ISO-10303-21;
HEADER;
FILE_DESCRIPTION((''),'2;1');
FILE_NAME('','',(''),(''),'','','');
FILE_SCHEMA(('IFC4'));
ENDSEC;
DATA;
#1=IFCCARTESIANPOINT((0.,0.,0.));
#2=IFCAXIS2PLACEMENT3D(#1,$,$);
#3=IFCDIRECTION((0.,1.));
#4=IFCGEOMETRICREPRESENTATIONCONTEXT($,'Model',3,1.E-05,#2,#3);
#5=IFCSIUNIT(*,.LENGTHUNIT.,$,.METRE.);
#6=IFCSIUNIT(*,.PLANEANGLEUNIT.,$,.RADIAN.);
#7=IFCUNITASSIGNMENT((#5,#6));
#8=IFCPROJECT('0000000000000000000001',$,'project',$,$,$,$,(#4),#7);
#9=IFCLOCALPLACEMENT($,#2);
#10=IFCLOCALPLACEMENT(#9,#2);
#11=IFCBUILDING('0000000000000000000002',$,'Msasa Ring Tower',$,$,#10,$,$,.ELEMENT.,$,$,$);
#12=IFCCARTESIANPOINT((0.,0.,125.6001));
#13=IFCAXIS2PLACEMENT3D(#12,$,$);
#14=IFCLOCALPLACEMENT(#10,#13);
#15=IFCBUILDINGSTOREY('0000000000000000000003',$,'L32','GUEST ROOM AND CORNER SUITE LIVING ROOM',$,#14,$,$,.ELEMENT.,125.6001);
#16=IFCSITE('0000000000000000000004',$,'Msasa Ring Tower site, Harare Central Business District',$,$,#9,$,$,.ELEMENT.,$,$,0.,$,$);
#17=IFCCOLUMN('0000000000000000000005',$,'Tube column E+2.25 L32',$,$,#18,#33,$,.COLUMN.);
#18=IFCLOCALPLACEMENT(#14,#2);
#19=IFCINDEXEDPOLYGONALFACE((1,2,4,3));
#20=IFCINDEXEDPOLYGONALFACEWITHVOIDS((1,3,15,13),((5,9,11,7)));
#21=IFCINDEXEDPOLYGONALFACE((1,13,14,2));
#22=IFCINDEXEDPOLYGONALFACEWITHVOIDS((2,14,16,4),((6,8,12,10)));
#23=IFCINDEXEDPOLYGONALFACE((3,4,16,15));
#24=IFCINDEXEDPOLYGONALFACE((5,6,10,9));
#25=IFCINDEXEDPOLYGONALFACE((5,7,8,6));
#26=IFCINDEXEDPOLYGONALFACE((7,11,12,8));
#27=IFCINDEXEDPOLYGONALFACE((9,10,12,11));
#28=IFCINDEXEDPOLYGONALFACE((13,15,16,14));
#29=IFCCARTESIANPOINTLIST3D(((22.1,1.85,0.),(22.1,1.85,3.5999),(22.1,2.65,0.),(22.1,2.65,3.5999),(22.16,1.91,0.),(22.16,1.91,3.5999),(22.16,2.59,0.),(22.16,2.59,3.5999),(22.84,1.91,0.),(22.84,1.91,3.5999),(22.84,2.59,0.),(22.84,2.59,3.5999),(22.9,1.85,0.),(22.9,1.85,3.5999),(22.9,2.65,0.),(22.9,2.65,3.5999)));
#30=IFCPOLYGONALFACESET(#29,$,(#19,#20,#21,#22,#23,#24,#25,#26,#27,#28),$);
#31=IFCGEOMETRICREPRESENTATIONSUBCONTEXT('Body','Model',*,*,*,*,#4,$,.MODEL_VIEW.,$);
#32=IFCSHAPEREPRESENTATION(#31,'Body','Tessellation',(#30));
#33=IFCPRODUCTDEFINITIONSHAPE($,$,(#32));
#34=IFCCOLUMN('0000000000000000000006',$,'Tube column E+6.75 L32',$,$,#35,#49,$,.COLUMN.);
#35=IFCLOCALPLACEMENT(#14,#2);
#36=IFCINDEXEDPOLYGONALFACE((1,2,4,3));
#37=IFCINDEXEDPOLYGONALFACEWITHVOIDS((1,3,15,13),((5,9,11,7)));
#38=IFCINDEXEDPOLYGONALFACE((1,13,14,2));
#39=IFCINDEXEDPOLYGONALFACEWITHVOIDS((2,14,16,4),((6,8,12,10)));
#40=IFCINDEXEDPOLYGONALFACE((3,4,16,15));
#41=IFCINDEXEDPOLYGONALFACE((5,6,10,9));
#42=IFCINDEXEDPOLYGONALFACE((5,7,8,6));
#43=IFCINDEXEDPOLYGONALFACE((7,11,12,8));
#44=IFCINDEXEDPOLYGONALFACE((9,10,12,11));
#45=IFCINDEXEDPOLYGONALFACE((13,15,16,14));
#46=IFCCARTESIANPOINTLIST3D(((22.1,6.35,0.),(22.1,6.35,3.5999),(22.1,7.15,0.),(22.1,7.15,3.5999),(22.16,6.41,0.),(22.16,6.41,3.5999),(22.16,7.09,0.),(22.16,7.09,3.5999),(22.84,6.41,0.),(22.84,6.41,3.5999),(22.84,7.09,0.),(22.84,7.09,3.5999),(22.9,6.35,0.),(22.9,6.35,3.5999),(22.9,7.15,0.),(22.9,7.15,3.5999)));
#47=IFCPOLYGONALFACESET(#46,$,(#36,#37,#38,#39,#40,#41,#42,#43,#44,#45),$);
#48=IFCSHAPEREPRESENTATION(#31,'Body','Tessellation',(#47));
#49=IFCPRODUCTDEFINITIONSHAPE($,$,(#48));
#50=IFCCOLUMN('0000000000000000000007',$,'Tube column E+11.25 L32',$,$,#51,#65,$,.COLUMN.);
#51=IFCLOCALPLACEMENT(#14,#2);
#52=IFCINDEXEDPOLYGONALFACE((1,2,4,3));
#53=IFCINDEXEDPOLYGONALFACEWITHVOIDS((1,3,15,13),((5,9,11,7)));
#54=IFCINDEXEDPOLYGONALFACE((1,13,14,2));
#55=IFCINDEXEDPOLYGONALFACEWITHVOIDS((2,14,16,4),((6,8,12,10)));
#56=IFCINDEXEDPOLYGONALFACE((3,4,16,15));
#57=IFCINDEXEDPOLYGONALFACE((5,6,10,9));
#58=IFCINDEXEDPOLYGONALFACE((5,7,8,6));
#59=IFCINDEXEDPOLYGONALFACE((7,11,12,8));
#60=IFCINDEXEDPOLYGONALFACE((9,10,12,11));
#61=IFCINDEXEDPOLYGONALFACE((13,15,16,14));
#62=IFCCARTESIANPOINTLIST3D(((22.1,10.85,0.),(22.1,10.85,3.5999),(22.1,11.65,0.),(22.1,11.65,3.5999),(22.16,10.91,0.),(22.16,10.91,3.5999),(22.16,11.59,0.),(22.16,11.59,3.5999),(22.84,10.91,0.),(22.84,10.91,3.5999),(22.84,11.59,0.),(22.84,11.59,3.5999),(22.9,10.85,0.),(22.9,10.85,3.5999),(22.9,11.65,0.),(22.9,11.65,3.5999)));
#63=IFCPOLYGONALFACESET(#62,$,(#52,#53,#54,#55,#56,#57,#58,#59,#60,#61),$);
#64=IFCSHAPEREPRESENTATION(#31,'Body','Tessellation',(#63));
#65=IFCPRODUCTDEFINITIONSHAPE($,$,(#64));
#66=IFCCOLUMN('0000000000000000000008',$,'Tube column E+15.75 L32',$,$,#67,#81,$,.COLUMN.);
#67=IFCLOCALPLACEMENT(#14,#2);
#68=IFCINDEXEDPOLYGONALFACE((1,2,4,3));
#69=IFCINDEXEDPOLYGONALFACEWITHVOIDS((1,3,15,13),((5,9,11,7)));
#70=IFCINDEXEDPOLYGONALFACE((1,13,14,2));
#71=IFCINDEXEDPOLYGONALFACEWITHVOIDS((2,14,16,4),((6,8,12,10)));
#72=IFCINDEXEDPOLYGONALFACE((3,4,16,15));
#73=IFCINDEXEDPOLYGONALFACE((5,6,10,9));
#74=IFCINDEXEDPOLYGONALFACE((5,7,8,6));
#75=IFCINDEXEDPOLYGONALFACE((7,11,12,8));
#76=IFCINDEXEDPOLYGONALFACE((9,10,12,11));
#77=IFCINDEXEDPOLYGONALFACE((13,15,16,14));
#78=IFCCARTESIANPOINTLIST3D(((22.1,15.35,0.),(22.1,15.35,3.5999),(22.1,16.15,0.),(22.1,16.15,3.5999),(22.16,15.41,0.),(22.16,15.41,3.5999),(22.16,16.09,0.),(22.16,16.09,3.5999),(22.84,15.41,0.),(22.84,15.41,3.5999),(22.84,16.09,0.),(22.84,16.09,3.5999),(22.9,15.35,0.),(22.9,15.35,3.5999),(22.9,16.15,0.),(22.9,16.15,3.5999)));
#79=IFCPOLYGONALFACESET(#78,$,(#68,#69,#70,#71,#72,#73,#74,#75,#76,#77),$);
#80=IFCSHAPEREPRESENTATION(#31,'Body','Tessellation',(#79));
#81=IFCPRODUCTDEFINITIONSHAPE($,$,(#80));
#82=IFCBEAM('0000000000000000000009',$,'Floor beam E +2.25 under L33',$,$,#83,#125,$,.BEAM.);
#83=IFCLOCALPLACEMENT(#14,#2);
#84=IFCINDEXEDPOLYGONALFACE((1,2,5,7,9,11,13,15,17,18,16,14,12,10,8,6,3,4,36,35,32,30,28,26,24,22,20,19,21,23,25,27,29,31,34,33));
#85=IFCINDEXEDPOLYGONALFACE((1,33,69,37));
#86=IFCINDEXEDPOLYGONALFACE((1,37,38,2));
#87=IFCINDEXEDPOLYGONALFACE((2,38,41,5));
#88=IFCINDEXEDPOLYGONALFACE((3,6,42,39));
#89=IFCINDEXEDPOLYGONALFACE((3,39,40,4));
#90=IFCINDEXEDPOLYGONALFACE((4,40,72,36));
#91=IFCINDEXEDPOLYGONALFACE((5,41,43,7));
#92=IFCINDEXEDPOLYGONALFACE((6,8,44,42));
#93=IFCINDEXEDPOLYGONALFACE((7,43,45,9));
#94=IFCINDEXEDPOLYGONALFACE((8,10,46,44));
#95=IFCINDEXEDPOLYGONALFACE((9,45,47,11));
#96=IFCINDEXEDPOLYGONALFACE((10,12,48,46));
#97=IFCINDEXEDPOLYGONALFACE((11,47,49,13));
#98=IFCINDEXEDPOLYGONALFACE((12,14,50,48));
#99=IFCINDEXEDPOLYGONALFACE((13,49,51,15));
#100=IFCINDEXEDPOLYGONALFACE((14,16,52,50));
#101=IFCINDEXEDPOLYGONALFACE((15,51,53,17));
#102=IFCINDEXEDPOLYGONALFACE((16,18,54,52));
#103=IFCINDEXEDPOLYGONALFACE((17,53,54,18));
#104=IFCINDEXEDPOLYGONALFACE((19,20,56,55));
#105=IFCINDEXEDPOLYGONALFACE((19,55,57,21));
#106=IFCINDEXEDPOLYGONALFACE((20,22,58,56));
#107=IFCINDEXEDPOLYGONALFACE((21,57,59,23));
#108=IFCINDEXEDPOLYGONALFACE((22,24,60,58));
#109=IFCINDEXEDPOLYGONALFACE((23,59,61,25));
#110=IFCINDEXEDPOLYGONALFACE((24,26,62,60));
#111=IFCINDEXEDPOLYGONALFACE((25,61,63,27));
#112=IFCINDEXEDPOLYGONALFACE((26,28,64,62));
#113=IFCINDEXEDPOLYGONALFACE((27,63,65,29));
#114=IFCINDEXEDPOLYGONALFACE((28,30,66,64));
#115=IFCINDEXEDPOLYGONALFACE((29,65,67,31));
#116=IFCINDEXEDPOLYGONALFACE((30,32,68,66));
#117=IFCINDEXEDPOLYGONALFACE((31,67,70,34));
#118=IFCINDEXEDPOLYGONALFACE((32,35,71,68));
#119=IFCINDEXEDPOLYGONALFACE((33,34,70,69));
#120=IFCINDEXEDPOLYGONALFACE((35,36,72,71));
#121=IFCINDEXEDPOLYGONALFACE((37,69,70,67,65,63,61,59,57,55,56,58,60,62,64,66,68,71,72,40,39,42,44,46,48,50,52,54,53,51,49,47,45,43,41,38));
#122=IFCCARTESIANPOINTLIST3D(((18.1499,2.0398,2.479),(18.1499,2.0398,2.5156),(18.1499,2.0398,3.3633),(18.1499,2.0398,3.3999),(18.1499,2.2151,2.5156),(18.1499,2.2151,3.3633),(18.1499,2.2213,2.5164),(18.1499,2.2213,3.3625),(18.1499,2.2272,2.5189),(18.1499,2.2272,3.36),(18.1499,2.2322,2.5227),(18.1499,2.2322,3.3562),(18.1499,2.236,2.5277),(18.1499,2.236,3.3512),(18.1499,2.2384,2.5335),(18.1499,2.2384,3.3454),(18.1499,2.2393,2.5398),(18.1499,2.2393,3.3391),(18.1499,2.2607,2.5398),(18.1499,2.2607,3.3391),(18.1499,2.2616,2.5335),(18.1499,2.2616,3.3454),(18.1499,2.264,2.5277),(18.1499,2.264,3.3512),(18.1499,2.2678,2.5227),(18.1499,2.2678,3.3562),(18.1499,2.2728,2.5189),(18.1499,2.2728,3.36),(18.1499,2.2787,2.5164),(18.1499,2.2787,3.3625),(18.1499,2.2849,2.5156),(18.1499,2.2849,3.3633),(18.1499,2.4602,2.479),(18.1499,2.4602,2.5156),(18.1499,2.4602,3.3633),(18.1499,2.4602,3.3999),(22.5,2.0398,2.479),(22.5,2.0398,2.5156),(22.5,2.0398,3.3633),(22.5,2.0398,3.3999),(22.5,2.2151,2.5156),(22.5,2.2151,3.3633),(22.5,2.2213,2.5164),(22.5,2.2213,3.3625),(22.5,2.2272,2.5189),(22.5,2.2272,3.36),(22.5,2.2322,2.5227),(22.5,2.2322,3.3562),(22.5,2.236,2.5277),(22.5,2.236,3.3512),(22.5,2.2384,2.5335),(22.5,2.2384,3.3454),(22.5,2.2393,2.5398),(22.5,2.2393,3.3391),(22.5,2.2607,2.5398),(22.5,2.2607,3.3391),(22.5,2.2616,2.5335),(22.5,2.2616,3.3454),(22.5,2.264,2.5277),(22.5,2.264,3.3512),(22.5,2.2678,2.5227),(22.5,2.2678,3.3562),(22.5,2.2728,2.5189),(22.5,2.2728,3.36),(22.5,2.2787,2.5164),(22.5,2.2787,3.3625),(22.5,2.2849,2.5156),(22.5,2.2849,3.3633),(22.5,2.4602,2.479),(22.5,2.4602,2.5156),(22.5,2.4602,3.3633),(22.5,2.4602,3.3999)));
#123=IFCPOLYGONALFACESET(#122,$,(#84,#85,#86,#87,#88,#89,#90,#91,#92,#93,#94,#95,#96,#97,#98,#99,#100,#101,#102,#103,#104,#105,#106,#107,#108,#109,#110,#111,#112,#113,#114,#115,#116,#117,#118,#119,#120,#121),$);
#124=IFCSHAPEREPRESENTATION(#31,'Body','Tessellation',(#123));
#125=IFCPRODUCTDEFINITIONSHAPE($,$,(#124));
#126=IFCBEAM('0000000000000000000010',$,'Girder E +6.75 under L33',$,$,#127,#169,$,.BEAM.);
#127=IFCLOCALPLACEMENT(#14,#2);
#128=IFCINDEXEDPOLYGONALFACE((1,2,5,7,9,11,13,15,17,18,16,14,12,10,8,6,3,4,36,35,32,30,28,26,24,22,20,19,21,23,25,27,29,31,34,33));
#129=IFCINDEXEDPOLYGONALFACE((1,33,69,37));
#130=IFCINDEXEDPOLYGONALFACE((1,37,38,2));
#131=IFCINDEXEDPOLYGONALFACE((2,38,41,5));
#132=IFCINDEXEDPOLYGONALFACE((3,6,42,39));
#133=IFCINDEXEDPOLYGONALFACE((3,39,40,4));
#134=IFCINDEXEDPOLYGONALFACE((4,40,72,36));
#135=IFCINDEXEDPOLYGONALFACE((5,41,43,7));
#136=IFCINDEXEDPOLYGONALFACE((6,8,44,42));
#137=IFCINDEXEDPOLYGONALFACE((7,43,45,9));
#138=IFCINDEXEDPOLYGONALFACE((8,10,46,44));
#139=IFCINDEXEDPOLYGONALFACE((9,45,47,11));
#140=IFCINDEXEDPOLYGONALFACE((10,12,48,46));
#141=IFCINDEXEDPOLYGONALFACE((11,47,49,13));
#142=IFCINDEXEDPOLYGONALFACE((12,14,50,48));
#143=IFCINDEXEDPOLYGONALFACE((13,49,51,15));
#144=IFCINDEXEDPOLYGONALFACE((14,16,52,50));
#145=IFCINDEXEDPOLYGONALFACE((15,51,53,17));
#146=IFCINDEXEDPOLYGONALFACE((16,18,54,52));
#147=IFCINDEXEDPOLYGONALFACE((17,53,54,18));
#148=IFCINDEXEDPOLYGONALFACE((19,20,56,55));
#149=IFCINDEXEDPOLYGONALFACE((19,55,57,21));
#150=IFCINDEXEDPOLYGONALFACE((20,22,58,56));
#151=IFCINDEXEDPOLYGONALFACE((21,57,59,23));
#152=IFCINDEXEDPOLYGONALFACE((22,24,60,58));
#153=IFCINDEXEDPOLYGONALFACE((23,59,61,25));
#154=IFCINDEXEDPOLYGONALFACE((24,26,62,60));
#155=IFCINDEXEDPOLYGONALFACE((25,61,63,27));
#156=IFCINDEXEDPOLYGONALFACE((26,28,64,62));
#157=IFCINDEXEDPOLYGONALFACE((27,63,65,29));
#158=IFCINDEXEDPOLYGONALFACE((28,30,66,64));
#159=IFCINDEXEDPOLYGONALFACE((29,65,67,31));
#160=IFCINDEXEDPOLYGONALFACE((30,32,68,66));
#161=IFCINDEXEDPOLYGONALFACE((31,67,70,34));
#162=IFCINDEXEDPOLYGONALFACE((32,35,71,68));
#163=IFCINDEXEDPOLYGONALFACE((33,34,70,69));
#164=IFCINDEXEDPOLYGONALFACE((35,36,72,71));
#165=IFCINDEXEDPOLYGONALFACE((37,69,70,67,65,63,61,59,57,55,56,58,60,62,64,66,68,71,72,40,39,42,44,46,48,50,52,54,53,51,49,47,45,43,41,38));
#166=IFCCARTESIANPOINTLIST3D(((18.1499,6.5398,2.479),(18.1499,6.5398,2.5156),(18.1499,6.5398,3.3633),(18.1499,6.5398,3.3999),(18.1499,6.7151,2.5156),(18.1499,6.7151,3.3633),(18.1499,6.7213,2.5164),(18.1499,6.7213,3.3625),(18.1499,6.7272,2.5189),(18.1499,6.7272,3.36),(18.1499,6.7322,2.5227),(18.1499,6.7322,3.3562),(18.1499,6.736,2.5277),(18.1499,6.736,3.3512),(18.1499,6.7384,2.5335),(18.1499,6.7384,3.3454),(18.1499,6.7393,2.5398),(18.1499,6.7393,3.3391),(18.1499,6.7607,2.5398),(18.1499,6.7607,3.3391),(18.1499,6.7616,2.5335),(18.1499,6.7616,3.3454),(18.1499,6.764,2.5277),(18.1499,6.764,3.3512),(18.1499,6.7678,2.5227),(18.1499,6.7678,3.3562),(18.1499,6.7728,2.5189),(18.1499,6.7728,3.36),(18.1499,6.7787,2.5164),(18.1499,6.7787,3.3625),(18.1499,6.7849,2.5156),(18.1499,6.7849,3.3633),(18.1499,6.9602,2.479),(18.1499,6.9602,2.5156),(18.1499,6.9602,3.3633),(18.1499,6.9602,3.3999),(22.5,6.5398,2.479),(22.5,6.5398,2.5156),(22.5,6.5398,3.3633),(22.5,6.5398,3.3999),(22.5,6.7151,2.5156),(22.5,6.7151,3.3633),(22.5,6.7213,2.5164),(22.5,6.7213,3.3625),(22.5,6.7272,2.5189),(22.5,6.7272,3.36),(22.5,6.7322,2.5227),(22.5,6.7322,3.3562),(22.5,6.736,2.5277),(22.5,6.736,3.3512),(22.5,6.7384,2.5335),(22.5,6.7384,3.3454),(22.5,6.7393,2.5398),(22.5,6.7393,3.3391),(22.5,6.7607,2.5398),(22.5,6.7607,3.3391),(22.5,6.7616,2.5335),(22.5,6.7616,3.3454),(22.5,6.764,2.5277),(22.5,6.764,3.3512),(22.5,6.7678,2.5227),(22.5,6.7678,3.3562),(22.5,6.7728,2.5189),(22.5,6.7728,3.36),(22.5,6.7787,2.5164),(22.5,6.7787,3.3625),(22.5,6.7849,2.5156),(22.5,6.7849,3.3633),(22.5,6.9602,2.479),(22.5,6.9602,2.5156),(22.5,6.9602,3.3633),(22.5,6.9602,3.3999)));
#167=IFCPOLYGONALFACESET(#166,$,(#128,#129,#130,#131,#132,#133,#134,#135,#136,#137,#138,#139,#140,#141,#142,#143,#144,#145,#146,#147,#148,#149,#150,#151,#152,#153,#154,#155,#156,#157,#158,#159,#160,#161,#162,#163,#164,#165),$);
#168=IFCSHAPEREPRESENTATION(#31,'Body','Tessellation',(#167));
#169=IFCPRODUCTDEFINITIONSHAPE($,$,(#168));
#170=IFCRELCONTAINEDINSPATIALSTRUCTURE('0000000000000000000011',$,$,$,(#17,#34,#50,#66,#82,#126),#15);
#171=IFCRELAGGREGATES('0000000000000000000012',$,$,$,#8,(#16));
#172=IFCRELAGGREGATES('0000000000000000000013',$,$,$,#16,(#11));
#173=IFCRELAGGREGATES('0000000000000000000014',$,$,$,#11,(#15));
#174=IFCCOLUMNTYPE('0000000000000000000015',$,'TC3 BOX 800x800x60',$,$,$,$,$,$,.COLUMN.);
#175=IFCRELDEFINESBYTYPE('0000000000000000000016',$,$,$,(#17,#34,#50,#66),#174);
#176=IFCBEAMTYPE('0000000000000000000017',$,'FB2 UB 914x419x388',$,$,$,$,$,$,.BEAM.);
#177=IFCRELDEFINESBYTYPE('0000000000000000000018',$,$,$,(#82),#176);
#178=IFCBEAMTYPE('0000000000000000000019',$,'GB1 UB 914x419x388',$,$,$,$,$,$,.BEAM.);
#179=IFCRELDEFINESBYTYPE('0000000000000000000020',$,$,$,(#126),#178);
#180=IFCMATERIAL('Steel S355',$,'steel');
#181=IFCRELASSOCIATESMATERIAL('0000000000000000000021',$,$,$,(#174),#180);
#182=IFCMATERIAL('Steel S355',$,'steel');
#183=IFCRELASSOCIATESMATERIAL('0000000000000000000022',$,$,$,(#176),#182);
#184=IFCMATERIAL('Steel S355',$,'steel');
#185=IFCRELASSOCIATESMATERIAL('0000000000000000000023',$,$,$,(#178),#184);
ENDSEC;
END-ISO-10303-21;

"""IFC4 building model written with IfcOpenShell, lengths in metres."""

from ifc_helpers import new_model, si_unit, direction, frame, origin, origin_2d, place, context, subcontext, project, spatial, hollow_rectangle, i_section, extrude, material, material_profile, profile_set, type_object, element, save


model = new_model("IFC4")

# Units and contexts
model_context = context("Model", 3, precision=1e-05, world=origin(), true_north=direction((0.0, 1.0)))
body_context = subcontext(model_context, "Body", "Model", "MODEL_VIEW")
ifc_project = project(units=[si_unit("LENGTHUNIT", "METRE"), si_unit("PLANEANGLEUNIT", "RADIAN")], contexts=[model_context])

# Site, building, storey
site_placement = place(None, origin())
site = spatial("IfcSite", under=ifc_project, at=site_placement, Name="Msasa Ring Tower site, Harare Central Business District", CompositionType="ELEMENT", RefElevation=0.0)
building_placement = place(site_placement, origin())
building = spatial("IfcBuilding", under=site, at=building_placement, Name="Msasa Ring Tower", CompositionType="ELEMENT")
storey_placement = place(building_placement, frame((0.0, 0.0, 125.6001)))
storey = spatial("IfcBuildingStorey", under=building, at=storey_placement, Name="L32", Description="GUEST ROOM AND CORNER SUITE LIVING ROOM", CompositionType="ELEMENT", Elevation=125.6001)

# Columns
ifc_material_1 = material(Name="Steel S355", Category="steel")
ifc_material_profile_1 = material_profile(ifc_material_1, hollow_rectangle(XDim=0.8, YDim=0.8, WallThickness=0.0601, at=origin_2d()), Name="BOX 800x800x60")
ifc_profile_set_1 = profile_set([ifc_material_profile_1], Name="Steel S355")
column_type = type_object("IfcColumnType", Name="TC3 BOX 800x800x60", PredefinedType="COLUMN", material=ifc_profile_set_1)
for number, where, z_axis, x_axis, name in (
    (1, (22.5, 2.25, 0.0), (0.0, 0.0, 1.0), (1.0, 0.0, 0.0), "Tube column E+2.25 L32"),
    (2, (22.5, 6.75, 0.0), (0.0, 0.0, 1.0), (1.0, 0.0, 0.0), "Tube column E+6.75 L32"),
    (3, (22.5, 11.25, 0.0), (0.0, 0.0, 1.0), (1.0, 0.0, 0.0), "Tube column E+11.25 L32"),
    (4, (22.5, 15.75, 0.0), (0.0, 0.0, 1.0), (1.0, 0.0, 0.0), "Tube column E+15.75 L32"),
):
    element("IfcColumn", number, at=place(storey_placement, frame(where, z_axis=z_axis, x_axis=x_axis)), inside=storey, type_object=column_type, Name=name, PredefinedType="COLUMN", context=body_context, shape_type="SweptSolid", body=[
        extrude(hollow_rectangle(XDim=0.8, YDim=0.8, WallThickness=0.0601, at=origin_2d()), origin(), (0.0, 0.0, 1.0), 3.5999),
    ])

# Beams
ifc_material_2 = material(Name="Steel S355", Category="steel")
ifc_material_profile_2 = material_profile(ifc_material_2, i_section(OverallWidth=0.4204, OverallDepth=0.9209, WebThickness=0.0215, FlangeThickness=0.0366, FilletRadius=0.0242, at=origin_2d()), Name="UB 914x419x388")
ifc_profile_set_2 = profile_set([ifc_material_profile_2], Name="Steel S355")
beam_type_1 = type_object("IfcBeamType", Name="FB2 UB 914x419x388", PredefinedType="BEAM", material=ifc_profile_set_2)
beam_1_placement = place(storey_placement, frame((22.5, 2.25, 2.9395), z_axis=(-1.0, 0.0, 0.0), x_axis=(0.0, -1.0, 0.0)))
element("IfcBeam", 5, at=beam_1_placement, inside=storey, type_object=beam_type_1, Name="Floor beam E +2.25 under L33", PredefinedType="BEAM", context=body_context, shape_type="SweptSolid", body=[
    extrude(i_section(OverallWidth=0.4204, OverallDepth=0.9209, WebThickness=0.0215, FlangeThickness=0.0366, FilletRadius=0.0242, at=origin_2d()), origin(), (0.0, 0.0, 1.0), 4.3501),
])
ifc_material_3 = material(Name="Steel S355", Category="steel")
ifc_material_profile_3 = material_profile(ifc_material_3, i_section(OverallWidth=0.4204, OverallDepth=0.9209, WebThickness=0.0215, FlangeThickness=0.0366, FilletRadius=0.0242, at=origin_2d()), Name="UB 914x419x388")
ifc_profile_set_3 = profile_set([ifc_material_profile_3], Name="Steel S355")
beam_type_2 = type_object("IfcBeamType", Name="GB1 UB 914x419x388", PredefinedType="BEAM", material=ifc_profile_set_3)
beam_2_placement = place(storey_placement, frame((18.1499, 6.75, 2.9395), z_axis=(1.0, 0.0, 0.0), x_axis=(0.0, 1.0, 0.0)))
element("IfcBeam", 6, at=beam_2_placement, inside=storey, type_object=beam_type_2, Name="Girder E +6.75 under L33", PredefinedType="BEAM", context=body_context, shape_type="SweptSolid", body=[
    extrude(i_section(OverallWidth=0.4204, OverallDepth=0.9209, WebThickness=0.0215, FlangeThickness=0.0366, FilletRadius=0.0242, at=origin_2d()), origin(), (0.0, 0.0, 1.0), 4.3501),
])

save(model, "model.ifc")
